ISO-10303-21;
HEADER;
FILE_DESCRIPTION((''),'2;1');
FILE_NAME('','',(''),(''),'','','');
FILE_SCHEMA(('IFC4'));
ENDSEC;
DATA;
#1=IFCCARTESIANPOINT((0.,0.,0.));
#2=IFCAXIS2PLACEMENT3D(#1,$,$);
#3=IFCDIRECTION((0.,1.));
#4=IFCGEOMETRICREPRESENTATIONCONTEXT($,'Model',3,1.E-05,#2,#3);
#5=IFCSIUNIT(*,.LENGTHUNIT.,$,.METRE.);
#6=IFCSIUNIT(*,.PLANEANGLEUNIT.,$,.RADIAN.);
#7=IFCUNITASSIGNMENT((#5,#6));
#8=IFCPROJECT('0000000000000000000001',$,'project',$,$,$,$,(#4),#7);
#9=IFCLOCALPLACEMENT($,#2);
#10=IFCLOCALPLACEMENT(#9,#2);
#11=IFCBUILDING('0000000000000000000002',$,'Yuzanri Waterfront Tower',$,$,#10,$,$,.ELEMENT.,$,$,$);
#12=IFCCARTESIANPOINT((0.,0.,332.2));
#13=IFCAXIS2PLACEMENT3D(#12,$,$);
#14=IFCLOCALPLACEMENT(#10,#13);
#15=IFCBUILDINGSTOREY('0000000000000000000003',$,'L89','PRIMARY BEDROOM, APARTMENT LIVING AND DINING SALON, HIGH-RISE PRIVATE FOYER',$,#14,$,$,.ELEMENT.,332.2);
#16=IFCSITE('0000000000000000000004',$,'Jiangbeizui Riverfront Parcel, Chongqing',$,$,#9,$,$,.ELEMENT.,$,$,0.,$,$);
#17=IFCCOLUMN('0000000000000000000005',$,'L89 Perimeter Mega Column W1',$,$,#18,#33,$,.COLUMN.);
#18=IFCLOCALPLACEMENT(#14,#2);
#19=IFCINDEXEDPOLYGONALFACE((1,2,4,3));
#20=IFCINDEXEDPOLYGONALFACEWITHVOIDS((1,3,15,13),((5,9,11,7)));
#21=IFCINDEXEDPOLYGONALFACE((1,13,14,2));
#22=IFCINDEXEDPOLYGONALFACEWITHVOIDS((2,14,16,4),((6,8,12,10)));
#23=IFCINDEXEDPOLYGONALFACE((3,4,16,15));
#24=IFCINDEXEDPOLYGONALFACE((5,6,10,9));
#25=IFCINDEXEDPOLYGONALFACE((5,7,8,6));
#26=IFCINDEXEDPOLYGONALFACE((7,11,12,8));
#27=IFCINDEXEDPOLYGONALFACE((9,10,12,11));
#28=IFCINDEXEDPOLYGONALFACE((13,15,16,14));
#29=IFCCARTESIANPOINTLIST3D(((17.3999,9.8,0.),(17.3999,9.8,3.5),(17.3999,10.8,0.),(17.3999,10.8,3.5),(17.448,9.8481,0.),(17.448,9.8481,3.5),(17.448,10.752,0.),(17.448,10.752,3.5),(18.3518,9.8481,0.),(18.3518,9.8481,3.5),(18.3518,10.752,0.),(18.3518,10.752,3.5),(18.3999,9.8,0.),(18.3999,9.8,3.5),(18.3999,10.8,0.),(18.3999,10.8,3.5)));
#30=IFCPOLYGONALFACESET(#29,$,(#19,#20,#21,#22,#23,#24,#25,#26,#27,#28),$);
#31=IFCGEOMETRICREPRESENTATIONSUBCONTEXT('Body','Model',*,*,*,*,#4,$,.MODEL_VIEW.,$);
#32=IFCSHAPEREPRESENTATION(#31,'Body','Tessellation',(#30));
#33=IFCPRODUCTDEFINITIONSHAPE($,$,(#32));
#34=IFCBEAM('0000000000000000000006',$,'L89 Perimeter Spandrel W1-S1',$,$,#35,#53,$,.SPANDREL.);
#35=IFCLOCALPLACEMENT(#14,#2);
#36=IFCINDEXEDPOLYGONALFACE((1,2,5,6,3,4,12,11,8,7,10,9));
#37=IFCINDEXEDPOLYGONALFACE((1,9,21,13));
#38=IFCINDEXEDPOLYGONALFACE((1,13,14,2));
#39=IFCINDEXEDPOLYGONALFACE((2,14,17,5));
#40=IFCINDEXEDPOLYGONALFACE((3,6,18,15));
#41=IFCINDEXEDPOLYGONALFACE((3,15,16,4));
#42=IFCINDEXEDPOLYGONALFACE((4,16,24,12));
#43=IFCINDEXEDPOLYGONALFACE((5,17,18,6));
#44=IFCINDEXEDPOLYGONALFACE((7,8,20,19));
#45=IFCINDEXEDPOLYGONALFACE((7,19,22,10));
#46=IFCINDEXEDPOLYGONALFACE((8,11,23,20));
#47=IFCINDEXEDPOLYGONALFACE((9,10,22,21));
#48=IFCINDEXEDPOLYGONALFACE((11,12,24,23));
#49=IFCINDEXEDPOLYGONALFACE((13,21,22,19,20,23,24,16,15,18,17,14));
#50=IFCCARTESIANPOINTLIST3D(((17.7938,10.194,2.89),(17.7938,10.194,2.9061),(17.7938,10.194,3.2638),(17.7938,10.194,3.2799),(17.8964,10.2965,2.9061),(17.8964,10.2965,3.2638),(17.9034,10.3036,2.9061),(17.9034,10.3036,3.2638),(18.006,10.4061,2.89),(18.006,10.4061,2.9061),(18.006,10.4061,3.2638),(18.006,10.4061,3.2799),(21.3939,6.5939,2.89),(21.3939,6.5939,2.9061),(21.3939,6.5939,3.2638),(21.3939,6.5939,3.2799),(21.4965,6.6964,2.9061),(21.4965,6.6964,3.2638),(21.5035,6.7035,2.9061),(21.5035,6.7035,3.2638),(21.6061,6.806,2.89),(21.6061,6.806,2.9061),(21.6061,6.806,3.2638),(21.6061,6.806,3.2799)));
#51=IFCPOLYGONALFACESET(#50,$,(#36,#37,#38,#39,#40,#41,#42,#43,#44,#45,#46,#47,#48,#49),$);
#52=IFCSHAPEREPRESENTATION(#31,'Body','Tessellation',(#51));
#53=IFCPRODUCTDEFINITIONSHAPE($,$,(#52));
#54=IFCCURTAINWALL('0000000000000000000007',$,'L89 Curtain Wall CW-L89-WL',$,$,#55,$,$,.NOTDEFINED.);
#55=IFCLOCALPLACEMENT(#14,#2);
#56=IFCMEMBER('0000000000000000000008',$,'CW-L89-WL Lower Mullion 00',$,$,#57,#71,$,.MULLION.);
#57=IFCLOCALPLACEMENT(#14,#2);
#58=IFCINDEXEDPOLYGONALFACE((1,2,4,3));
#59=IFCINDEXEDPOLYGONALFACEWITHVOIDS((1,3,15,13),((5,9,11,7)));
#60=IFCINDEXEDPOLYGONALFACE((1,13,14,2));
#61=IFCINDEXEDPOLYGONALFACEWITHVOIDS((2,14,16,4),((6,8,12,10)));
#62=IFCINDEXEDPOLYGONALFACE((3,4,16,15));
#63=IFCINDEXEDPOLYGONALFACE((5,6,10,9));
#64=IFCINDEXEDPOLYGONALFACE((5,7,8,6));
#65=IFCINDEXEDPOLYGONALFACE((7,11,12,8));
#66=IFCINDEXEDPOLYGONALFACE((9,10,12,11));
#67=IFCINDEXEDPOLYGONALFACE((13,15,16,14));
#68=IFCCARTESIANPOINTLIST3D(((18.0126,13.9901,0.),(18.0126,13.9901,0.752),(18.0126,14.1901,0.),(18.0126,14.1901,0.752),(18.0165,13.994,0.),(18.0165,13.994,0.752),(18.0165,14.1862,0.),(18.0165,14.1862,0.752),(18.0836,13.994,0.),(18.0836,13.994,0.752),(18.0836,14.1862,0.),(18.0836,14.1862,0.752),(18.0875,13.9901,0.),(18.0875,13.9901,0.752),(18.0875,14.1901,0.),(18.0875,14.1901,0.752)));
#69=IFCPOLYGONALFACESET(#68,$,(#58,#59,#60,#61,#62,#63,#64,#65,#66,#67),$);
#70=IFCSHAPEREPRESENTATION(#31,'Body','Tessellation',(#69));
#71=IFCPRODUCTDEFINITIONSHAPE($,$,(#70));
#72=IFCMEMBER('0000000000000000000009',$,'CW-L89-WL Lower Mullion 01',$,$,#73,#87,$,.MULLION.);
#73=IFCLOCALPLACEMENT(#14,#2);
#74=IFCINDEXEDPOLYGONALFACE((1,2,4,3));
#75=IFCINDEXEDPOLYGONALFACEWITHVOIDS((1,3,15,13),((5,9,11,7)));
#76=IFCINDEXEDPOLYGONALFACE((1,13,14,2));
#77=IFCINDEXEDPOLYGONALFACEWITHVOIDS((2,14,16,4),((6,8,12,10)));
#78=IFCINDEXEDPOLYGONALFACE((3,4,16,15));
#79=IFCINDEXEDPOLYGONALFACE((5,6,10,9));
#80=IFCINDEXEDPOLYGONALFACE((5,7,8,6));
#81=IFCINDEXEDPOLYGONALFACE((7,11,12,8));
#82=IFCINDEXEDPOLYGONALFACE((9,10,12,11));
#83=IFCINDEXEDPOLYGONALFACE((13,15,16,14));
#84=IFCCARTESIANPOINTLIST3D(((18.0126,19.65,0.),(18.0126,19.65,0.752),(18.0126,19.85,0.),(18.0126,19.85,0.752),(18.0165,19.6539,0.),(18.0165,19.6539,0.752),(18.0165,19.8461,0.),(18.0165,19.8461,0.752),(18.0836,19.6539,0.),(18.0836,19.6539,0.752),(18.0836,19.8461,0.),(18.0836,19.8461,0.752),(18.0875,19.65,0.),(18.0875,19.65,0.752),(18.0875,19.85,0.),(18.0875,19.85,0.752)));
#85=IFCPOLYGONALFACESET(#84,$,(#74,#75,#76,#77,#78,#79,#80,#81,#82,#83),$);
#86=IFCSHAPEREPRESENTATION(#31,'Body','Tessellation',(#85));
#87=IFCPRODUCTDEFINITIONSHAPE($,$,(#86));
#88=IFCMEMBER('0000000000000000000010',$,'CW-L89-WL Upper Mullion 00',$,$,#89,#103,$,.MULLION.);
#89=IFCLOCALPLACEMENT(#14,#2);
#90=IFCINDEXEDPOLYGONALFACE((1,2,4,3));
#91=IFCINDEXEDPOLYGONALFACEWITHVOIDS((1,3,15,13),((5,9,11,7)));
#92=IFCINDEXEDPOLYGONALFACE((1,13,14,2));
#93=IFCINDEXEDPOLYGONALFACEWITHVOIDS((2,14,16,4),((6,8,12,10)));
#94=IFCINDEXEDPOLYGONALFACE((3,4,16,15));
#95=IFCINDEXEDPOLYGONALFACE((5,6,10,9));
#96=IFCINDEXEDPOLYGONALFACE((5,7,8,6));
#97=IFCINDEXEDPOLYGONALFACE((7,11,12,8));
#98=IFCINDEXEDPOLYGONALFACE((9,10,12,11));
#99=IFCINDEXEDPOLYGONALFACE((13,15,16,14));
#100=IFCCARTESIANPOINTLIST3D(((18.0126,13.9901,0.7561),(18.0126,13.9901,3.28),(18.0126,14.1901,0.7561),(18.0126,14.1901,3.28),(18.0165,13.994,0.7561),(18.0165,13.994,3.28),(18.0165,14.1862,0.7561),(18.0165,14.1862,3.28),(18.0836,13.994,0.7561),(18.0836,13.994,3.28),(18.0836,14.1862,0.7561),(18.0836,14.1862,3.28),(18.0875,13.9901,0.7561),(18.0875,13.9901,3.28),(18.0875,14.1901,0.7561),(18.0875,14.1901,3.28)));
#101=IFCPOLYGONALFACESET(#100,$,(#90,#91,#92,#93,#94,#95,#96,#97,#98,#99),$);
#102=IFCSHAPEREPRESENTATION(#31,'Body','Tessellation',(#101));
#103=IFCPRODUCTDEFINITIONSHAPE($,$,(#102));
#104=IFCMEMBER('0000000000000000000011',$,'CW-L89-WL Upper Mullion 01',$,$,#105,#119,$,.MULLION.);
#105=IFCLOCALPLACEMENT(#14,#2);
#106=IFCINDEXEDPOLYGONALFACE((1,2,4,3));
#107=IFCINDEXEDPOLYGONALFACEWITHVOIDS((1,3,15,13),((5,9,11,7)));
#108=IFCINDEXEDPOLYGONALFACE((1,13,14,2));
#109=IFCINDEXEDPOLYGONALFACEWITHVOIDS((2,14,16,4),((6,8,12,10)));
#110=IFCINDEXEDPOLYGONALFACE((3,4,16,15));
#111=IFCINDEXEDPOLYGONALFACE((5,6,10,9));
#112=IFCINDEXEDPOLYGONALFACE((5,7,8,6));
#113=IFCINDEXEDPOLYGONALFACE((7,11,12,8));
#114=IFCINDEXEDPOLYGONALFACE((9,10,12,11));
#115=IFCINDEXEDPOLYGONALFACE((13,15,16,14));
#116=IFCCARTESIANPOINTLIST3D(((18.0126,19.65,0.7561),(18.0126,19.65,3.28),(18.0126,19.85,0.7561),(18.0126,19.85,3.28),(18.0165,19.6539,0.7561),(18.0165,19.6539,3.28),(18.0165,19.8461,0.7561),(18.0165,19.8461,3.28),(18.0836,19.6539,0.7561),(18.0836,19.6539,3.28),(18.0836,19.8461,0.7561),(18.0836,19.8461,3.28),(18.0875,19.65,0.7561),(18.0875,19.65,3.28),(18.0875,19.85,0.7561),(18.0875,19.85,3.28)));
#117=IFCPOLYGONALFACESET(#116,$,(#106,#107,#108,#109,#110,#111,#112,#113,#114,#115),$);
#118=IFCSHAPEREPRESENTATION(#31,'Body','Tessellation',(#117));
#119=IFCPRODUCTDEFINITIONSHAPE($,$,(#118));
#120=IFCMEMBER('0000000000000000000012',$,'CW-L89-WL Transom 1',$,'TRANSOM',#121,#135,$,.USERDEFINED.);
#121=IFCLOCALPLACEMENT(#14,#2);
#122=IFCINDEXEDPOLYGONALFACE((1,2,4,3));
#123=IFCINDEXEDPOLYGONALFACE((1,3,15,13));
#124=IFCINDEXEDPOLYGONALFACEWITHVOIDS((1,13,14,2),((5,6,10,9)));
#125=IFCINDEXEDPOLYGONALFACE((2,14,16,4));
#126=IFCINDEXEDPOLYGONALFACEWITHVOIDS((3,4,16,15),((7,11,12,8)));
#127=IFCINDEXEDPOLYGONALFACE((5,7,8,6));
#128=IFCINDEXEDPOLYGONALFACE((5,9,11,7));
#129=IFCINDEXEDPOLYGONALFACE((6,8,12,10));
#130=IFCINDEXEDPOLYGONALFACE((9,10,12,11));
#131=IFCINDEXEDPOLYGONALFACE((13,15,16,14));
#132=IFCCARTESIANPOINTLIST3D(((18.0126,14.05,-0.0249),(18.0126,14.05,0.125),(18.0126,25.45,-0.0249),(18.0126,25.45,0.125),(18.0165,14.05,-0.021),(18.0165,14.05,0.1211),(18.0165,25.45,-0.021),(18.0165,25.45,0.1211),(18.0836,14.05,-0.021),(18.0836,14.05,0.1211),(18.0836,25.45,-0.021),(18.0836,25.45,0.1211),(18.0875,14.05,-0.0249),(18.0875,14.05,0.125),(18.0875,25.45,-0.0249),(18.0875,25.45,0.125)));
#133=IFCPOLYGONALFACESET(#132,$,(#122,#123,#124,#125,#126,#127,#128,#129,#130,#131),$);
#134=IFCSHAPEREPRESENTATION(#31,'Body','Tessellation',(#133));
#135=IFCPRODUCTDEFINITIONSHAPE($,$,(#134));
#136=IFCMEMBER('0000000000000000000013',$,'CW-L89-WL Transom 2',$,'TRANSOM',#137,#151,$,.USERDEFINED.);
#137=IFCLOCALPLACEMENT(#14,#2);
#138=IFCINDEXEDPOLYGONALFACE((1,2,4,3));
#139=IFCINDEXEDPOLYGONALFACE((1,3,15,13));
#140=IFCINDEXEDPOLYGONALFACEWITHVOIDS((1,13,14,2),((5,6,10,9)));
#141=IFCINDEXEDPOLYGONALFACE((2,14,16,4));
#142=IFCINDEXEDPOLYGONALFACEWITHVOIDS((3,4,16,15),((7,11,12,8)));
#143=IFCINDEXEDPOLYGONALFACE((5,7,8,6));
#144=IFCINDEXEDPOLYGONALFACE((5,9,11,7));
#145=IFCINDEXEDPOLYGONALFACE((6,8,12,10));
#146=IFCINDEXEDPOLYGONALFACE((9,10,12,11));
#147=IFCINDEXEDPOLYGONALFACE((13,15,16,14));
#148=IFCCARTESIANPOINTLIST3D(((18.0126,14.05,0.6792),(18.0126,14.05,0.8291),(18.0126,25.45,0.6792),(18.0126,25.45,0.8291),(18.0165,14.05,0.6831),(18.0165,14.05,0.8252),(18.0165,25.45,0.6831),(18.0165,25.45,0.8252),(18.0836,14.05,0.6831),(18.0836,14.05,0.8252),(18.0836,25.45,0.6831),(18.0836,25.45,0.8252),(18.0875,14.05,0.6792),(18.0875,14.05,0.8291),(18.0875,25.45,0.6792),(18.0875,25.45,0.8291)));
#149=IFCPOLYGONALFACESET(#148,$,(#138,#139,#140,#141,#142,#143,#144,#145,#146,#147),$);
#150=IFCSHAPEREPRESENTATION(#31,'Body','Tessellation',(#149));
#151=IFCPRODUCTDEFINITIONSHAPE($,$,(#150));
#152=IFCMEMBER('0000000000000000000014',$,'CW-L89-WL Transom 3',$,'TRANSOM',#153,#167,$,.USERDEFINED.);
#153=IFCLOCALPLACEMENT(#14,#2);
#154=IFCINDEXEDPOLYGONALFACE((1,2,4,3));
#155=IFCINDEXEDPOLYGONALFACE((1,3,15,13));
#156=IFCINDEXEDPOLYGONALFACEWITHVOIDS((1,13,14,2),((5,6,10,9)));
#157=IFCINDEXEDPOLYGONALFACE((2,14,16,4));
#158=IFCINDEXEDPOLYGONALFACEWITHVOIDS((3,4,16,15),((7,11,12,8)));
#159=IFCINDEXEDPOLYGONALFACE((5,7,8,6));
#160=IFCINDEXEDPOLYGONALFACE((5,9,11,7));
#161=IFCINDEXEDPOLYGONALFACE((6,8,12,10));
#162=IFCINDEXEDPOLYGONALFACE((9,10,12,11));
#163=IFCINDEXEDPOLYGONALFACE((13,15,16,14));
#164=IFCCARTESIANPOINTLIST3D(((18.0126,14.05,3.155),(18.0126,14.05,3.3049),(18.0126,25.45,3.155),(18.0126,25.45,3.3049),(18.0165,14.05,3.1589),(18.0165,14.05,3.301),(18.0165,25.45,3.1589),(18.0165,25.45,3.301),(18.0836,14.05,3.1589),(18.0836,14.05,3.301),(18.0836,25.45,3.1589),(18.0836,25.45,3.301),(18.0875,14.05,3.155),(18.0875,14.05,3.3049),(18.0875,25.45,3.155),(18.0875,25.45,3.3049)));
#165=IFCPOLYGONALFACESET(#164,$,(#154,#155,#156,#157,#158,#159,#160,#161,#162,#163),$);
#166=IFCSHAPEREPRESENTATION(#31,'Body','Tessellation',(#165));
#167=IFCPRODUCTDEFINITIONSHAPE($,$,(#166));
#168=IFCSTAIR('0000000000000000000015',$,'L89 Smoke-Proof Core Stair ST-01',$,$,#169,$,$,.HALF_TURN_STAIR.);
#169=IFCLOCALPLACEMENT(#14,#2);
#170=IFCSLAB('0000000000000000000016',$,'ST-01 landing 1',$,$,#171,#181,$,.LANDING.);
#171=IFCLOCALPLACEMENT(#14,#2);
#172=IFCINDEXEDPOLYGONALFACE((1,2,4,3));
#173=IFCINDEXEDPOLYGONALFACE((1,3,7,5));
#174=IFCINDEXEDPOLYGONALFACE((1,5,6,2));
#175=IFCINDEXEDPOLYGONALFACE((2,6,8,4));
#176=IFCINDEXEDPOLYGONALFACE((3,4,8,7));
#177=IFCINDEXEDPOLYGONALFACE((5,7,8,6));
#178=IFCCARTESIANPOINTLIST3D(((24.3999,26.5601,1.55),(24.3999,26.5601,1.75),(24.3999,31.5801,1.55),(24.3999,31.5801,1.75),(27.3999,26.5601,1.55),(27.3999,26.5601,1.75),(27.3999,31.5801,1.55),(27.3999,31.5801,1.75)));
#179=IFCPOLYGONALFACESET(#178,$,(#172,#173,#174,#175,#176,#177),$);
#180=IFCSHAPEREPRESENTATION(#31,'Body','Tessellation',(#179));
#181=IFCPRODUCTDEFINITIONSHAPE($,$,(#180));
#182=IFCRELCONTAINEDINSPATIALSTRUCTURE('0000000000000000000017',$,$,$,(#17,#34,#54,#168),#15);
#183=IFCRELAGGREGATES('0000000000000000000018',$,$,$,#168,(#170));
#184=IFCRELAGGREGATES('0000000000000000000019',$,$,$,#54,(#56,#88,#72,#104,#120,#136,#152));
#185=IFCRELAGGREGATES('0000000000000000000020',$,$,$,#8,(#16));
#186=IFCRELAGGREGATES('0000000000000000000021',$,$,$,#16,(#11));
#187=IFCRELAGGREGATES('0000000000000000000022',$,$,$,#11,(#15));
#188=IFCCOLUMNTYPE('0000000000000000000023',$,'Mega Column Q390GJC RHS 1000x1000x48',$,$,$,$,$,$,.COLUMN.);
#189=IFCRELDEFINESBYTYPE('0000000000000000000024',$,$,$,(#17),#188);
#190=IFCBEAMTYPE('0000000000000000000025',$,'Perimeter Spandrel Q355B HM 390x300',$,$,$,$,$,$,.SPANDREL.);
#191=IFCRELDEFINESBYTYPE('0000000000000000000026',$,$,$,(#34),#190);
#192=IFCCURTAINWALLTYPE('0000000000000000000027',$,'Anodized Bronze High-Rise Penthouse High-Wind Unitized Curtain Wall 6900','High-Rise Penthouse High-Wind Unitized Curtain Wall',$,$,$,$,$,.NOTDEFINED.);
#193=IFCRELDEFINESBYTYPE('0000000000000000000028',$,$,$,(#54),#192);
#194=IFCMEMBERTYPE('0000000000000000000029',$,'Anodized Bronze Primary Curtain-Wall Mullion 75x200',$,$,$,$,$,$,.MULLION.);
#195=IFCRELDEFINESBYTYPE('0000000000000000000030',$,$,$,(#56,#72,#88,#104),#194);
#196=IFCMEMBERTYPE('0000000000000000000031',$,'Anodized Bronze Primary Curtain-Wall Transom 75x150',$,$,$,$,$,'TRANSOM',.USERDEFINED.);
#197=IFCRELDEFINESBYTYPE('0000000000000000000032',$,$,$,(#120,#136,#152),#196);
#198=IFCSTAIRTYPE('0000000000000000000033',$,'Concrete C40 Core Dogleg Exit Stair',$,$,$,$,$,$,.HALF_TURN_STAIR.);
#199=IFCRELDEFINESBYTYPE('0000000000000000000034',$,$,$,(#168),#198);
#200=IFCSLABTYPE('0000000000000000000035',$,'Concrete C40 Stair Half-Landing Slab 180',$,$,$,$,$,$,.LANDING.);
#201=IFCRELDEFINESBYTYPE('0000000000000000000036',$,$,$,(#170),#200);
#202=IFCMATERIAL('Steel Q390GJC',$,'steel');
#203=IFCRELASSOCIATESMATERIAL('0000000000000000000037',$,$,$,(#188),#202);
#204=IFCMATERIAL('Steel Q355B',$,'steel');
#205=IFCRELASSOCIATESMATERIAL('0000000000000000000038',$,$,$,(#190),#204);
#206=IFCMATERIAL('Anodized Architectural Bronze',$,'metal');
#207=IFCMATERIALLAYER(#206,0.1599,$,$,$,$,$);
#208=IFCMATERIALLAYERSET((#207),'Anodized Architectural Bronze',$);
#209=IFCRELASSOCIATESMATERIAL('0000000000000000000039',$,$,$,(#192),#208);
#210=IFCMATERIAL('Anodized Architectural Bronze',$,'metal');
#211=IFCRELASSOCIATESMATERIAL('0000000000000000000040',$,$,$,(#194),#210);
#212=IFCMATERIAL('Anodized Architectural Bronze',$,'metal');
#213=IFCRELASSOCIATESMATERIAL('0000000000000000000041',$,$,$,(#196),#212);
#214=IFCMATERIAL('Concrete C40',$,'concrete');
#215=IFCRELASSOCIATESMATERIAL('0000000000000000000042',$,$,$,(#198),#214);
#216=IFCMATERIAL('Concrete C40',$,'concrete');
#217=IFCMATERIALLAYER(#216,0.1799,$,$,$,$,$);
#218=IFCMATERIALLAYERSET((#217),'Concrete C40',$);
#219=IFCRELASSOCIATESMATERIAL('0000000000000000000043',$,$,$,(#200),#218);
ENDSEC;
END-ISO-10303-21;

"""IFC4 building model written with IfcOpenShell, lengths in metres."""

from ifc_helpers import new_model, si_unit, direction, frame, origin, origin_2d, place, context, subcontext, project, spatial, polyline, hollow_rectangle, i_section, outline, extrude, source, transform, mapped, material, layer, layer_set, material_profile, profile_set, type_object, element, aggregate, save


model = new_model("IFC4")

# Units and contexts
model_context = context("Model", 3, precision=1e-05, world=origin(), true_north=direction((0.0, 1.0)))
body_context = subcontext(model_context, "Body", "Model", "MODEL_VIEW")
ifc_project = project(units=[si_unit("LENGTHUNIT", "METRE"), si_unit("PLANEANGLEUNIT", "RADIAN")], contexts=[model_context])

# Site, building, storey
site_placement = place(None, origin())
site = spatial("IfcSite", under=ifc_project, at=site_placement, Name="Jiangbeizui Riverfront Parcel, Chongqing", CompositionType="ELEMENT", RefElevation=0.0)
building_placement = place(site_placement, origin())
building = spatial("IfcBuilding", under=site, at=building_placement, Name="Yuzanri Waterfront Tower", CompositionType="ELEMENT")
storey_placement = place(building_placement, frame((0.0, 0.0, 332.2)))
storey = spatial("IfcBuildingStorey", under=building, at=storey_placement, Name="L89", Description="PRIMARY BEDROOM, APARTMENT LIVING AND DINING SALON, HIGH-RISE PRIVATE FOYER", CompositionType="ELEMENT", Elevation=332.2)

# Column
ifc_material_1 = material(Name="Steel Q390GJC", Category="steel")
ifc_material_profile_1 = material_profile(ifc_material_1, hollow_rectangle(XDim=1.0, YDim=1.0, WallThickness=0.0481, at=origin_2d()), Name="RHS 1000x1000x48")
ifc_profile_set_1 = profile_set([ifc_material_profile_1], Name="Steel Q390GJC")
column_type = type_object("IfcColumnType", Name="Mega Column Q390GJC RHS 1000x1000x48", PredefinedType="COLUMN", material=ifc_profile_set_1)
shared_shape_1 = source(origin(), body_context, "Body", "SweptSolid", [
    extrude(hollow_rectangle(XDim=1.0, YDim=1.0, WallThickness=0.0481, at=origin_2d()), origin(), (0.0, 0.0, 1.0), 3.5),
])
column_placement = place(storey_placement, frame((17.8999, 10.3, 0.0), z_axis=(0.0, 0.0, 1.0), x_axis=(1.0, 0.0, 0.0)))
element("IfcColumn", 1, at=column_placement, inside=storey, type_object=column_type, Name="L89 Perimeter Mega Column W1", PredefinedType="COLUMN", context=body_context, shape_type="MappedRepresentation", body=[
    mapped(shared_shape_1, transform((0.0, 0.0, 0.0), scale=1.0)),
])

# Beam
ifc_material_2 = material(Name="Steel Q355B", Category="steel")
ifc_material_profile_2 = material_profile(ifc_material_2, i_section(OverallWidth=0.3, OverallDepth=0.3899, WebThickness=0.01, FlangeThickness=0.0161, at=origin_2d()), Name="HM 390x300x10x16")
ifc_profile_set_2 = profile_set([ifc_material_profile_2], Name="Steel Q355B")
beam_type = type_object("IfcBeamType", Name="Perimeter Spandrel Q355B HM 390x300", PredefinedType="SPANDREL", material=ifc_profile_set_2)
shared_shape_2 = source(origin(), body_context, "Body", "SweptSolid", [
    extrude(i_section(OverallWidth=0.3, OverallDepth=0.3899, WebThickness=0.01, FlangeThickness=0.0161, at=origin_2d()), origin(), (0.0, 0.0, 1.0), 5.0913),
])
beam_placement = place(storey_placement, frame((17.8999, 10.3, 3.085), z_axis=(0.707107, -0.707107, 0.0), x_axis=(0.707107, 0.707107, 0.0)))
element("IfcBeam", 2, at=beam_placement, inside=storey, type_object=beam_type, Name="L89 Perimeter Spandrel W1-S1", PredefinedType="SPANDREL", context=body_context, shape_type="MappedRepresentation", body=[
    mapped(shared_shape_2, transform((0.0, 0.0, 0.0), scale=1.0)),
])

# Curtain wall, members
ifc_material_3 = material(Name="Anodized Architectural Bronze", Category="metal")
ifc_layer_1 = layer(ifc_material_3, 0.1599)
ifc_layer_set_1 = layer_set([ifc_layer_1], Name="Anodized Architectural Bronze")
curtain_wall_type = type_object("IfcCurtainWallType", Name="Anodized Bronze High-Rise Penthouse High-Wind Unitized Curtain Wall 6900", Description="High-Rise Penthouse High-Wind Unitized Curtain Wall", PredefinedType="NOTDEFINED", material=ifc_layer_set_1)
curtain_wall_placement = place(storey_placement, origin())
curtain_wall = element("IfcCurtainWall", 3, at=curtain_wall_placement, inside=storey, type_object=curtain_wall_type, Name="L89 Curtain Wall CW-L89-WL", PredefinedType="NOTDEFINED")
ifc_material_4 = material(Name="Anodized Architectural Bronze", Category="metal")
ifc_material_profile_3 = material_profile(ifc_material_4, hollow_rectangle(XDim=0.075, YDim=0.2, WallThickness=0.0039, at=origin_2d()), Name="CWM 75x200")
ifc_profile_set_3 = profile_set([ifc_material_profile_3], Name="Anodized Architectural Bronze")
member_type_1 = type_object("IfcMemberType", Name="Anodized Bronze Primary Curtain-Wall Mullion 75x200", PredefinedType="MULLION", material=ifc_profile_set_3)
shared_shape_3 = source(origin(), body_context, "Body", "SweptSolid", [
    extrude(hollow_rectangle(XDim=0.075, YDim=0.2, WallThickness=0.0039, at=origin_2d()), origin(), (0.0, 0.0, 1.0), 0.752),
])
member_1_placement = place(storey_placement, frame((18.05, 14.0901, 0.0), z_axis=(0.0, 0.0, 1.0), x_axis=(1.0, 0.0, 0.0)))
member_1 = element("IfcMember", 4, at=member_1_placement, type_object=member_type_1, Name="CW-L89-WL Lower Mullion 00", PredefinedType="MULLION", context=body_context, shape_type="MappedRepresentation", body=[
    mapped(shared_shape_3, transform((0.0, 0.0, 0.0), scale=1.0)),
])
member_2_placement = place(storey_placement, frame((18.05, 19.75, 0.0), z_axis=(0.0, 0.0, 1.0), x_axis=(1.0, 0.0, 0.0)))
member_2 = element("IfcMember", 5, at=member_2_placement, type_object=member_type_1, Name="CW-L89-WL Lower Mullion 01", PredefinedType="MULLION", context=body_context, shape_type="MappedRepresentation", body=[
    mapped(shared_shape_3, transform((0.0, 0.0, 0.0), scale=1.0)),
])
shared_shape_4 = source(origin(), body_context, "Body", "SweptSolid", [
    extrude(hollow_rectangle(XDim=0.075, YDim=0.2, WallThickness=0.0039, at=origin_2d()), origin(), (0.0, 0.0, 1.0), 2.5239),
])
member_3_placement = place(storey_placement, frame((18.05, 14.0901, 0.7561), z_axis=(0.0, 0.0, 1.0), x_axis=(1.0, 0.0, 0.0)))
member_3 = element("IfcMember", 6, at=member_3_placement, type_object=member_type_1, Name="CW-L89-WL Upper Mullion 00", PredefinedType="MULLION", context=body_context, shape_type="MappedRepresentation", body=[
    mapped(shared_shape_4, transform((0.0, 0.0, 0.0), scale=1.0)),
])
member_4_placement = place(storey_placement, frame((18.05, 19.75, 0.7561), z_axis=(0.0, 0.0, 1.0), x_axis=(1.0, 0.0, 0.0)))
member_4 = element("IfcMember", 7, at=member_4_placement, type_object=member_type_1, Name="CW-L89-WL Upper Mullion 01", PredefinedType="MULLION", context=body_context, shape_type="MappedRepresentation", body=[
    mapped(shared_shape_4, transform((0.0, 0.0, 0.0), scale=1.0)),
])
ifc_material_5 = material(Name="Anodized Architectural Bronze", Category="metal")
ifc_material_profile_4 = material_profile(ifc_material_5, hollow_rectangle(XDim=0.075, YDim=0.1499, WallThickness=0.0039, at=origin_2d()), Name="CWT 75x150")
ifc_profile_set_4 = profile_set([ifc_material_profile_4], Name="Anodized Architectural Bronze")
member_type_2 = type_object("IfcMemberType", Name="Anodized Bronze Primary Curtain-Wall Transom 75x150", ElementType="TRANSOM", PredefinedType="USERDEFINED", material=ifc_profile_set_4)
shared_shape_5 = source(origin(), body_context, "Body", "SweptSolid", [
    extrude(hollow_rectangle(XDim=0.075, YDim=0.1499, WallThickness=0.0039, at=origin_2d()), origin(), (0.0, 0.0, 1.0), 11.3999),
])
member_5_placement = place(storey_placement, frame((18.05, 14.05, 0.05), z_axis=(0.0, 1.0, 0.0), x_axis=(-1.0, 0.0, 0.0)))
member_5 = element("IfcMember", 8, at=member_5_placement, type_object=member_type_2, Name="CW-L89-WL Transom 1", ObjectType="TRANSOM", PredefinedType="USERDEFINED", context=body_context, shape_type="MappedRepresentation", body=[
    mapped(shared_shape_5, transform((0.0, 0.0, 0.0), scale=1.0)),
])
member_6_placement = place(storey_placement, frame((18.05, 14.05, 0.7542), z_axis=(0.0, 1.0, 0.0), x_axis=(-1.0, 0.0, 0.0)))
member_6 = element("IfcMember", 9, at=member_6_placement, type_object=member_type_2, Name="CW-L89-WL Transom 2", ObjectType="TRANSOM", PredefinedType="USERDEFINED", context=body_context, shape_type="MappedRepresentation", body=[
    mapped(shared_shape_5, transform((0.0, 0.0, 0.0), scale=1.0)),
])
member_7_placement = place(storey_placement, frame((18.05, 14.05, 3.23), z_axis=(0.0, 1.0, 0.0), x_axis=(-1.0, 0.0, 0.0)))
member_7 = element("IfcMember", 10, at=member_7_placement, type_object=member_type_2, Name="CW-L89-WL Transom 3", ObjectType="TRANSOM", PredefinedType="USERDEFINED", context=body_context, shape_type="MappedRepresentation", body=[
    mapped(shared_shape_5, transform((0.0, 0.0, 0.0), scale=1.0)),
])

# Stair, slab
ifc_material_6 = material(Name="Concrete C40", Category="concrete")
stair_type = type_object("IfcStairType", Name="Concrete C40 Core Dogleg Exit Stair", PredefinedType="HALF_TURN_STAIR", material=ifc_material_6)
stair_1_placement = place(storey_placement, origin())
stair_1 = element("IfcStair", 11, at=stair_1_placement, inside=storey, type_object=stair_type, Name="L89 Smoke-Proof Core Stair ST-01", PredefinedType="HALF_TURN_STAIR")
ifc_material_7 = material(Name="Concrete C40", Category="concrete")
ifc_layer_2 = layer(ifc_material_7, 0.1799)
ifc_layer_set_2 = layer_set([ifc_layer_2], Name="Concrete C40")
slab_type_1 = type_object("IfcSlabType", Name="Concrete C40 Stair Half-Landing Slab 180", PredefinedType="LANDING", material=ifc_layer_set_2)
slab_1_placement = place(storey_placement, frame((0.0, 0.0, 1.55)))
slab_1 = element("IfcSlab", 12, at=slab_1_placement, type_object=slab_type_1, Name="ST-01 landing 1", PredefinedType="LANDING", context=body_context, shape_type="SweptSolid", body=[
    extrude(outline(polyline([(27.3999, 26.5601), (27.3999, 31.5801), (24.3999, 31.5801), (24.3999, 26.5601), (27.3999, 26.5601)])), origin(), (0.0, 0.0, 1.0), 0.2),
])
aggregate(stair_1, [slab_1])

aggregate(curtain_wall, [member_1, member_3, member_2, member_4, member_5, member_6, member_7])

save(model, "model.ifc")
